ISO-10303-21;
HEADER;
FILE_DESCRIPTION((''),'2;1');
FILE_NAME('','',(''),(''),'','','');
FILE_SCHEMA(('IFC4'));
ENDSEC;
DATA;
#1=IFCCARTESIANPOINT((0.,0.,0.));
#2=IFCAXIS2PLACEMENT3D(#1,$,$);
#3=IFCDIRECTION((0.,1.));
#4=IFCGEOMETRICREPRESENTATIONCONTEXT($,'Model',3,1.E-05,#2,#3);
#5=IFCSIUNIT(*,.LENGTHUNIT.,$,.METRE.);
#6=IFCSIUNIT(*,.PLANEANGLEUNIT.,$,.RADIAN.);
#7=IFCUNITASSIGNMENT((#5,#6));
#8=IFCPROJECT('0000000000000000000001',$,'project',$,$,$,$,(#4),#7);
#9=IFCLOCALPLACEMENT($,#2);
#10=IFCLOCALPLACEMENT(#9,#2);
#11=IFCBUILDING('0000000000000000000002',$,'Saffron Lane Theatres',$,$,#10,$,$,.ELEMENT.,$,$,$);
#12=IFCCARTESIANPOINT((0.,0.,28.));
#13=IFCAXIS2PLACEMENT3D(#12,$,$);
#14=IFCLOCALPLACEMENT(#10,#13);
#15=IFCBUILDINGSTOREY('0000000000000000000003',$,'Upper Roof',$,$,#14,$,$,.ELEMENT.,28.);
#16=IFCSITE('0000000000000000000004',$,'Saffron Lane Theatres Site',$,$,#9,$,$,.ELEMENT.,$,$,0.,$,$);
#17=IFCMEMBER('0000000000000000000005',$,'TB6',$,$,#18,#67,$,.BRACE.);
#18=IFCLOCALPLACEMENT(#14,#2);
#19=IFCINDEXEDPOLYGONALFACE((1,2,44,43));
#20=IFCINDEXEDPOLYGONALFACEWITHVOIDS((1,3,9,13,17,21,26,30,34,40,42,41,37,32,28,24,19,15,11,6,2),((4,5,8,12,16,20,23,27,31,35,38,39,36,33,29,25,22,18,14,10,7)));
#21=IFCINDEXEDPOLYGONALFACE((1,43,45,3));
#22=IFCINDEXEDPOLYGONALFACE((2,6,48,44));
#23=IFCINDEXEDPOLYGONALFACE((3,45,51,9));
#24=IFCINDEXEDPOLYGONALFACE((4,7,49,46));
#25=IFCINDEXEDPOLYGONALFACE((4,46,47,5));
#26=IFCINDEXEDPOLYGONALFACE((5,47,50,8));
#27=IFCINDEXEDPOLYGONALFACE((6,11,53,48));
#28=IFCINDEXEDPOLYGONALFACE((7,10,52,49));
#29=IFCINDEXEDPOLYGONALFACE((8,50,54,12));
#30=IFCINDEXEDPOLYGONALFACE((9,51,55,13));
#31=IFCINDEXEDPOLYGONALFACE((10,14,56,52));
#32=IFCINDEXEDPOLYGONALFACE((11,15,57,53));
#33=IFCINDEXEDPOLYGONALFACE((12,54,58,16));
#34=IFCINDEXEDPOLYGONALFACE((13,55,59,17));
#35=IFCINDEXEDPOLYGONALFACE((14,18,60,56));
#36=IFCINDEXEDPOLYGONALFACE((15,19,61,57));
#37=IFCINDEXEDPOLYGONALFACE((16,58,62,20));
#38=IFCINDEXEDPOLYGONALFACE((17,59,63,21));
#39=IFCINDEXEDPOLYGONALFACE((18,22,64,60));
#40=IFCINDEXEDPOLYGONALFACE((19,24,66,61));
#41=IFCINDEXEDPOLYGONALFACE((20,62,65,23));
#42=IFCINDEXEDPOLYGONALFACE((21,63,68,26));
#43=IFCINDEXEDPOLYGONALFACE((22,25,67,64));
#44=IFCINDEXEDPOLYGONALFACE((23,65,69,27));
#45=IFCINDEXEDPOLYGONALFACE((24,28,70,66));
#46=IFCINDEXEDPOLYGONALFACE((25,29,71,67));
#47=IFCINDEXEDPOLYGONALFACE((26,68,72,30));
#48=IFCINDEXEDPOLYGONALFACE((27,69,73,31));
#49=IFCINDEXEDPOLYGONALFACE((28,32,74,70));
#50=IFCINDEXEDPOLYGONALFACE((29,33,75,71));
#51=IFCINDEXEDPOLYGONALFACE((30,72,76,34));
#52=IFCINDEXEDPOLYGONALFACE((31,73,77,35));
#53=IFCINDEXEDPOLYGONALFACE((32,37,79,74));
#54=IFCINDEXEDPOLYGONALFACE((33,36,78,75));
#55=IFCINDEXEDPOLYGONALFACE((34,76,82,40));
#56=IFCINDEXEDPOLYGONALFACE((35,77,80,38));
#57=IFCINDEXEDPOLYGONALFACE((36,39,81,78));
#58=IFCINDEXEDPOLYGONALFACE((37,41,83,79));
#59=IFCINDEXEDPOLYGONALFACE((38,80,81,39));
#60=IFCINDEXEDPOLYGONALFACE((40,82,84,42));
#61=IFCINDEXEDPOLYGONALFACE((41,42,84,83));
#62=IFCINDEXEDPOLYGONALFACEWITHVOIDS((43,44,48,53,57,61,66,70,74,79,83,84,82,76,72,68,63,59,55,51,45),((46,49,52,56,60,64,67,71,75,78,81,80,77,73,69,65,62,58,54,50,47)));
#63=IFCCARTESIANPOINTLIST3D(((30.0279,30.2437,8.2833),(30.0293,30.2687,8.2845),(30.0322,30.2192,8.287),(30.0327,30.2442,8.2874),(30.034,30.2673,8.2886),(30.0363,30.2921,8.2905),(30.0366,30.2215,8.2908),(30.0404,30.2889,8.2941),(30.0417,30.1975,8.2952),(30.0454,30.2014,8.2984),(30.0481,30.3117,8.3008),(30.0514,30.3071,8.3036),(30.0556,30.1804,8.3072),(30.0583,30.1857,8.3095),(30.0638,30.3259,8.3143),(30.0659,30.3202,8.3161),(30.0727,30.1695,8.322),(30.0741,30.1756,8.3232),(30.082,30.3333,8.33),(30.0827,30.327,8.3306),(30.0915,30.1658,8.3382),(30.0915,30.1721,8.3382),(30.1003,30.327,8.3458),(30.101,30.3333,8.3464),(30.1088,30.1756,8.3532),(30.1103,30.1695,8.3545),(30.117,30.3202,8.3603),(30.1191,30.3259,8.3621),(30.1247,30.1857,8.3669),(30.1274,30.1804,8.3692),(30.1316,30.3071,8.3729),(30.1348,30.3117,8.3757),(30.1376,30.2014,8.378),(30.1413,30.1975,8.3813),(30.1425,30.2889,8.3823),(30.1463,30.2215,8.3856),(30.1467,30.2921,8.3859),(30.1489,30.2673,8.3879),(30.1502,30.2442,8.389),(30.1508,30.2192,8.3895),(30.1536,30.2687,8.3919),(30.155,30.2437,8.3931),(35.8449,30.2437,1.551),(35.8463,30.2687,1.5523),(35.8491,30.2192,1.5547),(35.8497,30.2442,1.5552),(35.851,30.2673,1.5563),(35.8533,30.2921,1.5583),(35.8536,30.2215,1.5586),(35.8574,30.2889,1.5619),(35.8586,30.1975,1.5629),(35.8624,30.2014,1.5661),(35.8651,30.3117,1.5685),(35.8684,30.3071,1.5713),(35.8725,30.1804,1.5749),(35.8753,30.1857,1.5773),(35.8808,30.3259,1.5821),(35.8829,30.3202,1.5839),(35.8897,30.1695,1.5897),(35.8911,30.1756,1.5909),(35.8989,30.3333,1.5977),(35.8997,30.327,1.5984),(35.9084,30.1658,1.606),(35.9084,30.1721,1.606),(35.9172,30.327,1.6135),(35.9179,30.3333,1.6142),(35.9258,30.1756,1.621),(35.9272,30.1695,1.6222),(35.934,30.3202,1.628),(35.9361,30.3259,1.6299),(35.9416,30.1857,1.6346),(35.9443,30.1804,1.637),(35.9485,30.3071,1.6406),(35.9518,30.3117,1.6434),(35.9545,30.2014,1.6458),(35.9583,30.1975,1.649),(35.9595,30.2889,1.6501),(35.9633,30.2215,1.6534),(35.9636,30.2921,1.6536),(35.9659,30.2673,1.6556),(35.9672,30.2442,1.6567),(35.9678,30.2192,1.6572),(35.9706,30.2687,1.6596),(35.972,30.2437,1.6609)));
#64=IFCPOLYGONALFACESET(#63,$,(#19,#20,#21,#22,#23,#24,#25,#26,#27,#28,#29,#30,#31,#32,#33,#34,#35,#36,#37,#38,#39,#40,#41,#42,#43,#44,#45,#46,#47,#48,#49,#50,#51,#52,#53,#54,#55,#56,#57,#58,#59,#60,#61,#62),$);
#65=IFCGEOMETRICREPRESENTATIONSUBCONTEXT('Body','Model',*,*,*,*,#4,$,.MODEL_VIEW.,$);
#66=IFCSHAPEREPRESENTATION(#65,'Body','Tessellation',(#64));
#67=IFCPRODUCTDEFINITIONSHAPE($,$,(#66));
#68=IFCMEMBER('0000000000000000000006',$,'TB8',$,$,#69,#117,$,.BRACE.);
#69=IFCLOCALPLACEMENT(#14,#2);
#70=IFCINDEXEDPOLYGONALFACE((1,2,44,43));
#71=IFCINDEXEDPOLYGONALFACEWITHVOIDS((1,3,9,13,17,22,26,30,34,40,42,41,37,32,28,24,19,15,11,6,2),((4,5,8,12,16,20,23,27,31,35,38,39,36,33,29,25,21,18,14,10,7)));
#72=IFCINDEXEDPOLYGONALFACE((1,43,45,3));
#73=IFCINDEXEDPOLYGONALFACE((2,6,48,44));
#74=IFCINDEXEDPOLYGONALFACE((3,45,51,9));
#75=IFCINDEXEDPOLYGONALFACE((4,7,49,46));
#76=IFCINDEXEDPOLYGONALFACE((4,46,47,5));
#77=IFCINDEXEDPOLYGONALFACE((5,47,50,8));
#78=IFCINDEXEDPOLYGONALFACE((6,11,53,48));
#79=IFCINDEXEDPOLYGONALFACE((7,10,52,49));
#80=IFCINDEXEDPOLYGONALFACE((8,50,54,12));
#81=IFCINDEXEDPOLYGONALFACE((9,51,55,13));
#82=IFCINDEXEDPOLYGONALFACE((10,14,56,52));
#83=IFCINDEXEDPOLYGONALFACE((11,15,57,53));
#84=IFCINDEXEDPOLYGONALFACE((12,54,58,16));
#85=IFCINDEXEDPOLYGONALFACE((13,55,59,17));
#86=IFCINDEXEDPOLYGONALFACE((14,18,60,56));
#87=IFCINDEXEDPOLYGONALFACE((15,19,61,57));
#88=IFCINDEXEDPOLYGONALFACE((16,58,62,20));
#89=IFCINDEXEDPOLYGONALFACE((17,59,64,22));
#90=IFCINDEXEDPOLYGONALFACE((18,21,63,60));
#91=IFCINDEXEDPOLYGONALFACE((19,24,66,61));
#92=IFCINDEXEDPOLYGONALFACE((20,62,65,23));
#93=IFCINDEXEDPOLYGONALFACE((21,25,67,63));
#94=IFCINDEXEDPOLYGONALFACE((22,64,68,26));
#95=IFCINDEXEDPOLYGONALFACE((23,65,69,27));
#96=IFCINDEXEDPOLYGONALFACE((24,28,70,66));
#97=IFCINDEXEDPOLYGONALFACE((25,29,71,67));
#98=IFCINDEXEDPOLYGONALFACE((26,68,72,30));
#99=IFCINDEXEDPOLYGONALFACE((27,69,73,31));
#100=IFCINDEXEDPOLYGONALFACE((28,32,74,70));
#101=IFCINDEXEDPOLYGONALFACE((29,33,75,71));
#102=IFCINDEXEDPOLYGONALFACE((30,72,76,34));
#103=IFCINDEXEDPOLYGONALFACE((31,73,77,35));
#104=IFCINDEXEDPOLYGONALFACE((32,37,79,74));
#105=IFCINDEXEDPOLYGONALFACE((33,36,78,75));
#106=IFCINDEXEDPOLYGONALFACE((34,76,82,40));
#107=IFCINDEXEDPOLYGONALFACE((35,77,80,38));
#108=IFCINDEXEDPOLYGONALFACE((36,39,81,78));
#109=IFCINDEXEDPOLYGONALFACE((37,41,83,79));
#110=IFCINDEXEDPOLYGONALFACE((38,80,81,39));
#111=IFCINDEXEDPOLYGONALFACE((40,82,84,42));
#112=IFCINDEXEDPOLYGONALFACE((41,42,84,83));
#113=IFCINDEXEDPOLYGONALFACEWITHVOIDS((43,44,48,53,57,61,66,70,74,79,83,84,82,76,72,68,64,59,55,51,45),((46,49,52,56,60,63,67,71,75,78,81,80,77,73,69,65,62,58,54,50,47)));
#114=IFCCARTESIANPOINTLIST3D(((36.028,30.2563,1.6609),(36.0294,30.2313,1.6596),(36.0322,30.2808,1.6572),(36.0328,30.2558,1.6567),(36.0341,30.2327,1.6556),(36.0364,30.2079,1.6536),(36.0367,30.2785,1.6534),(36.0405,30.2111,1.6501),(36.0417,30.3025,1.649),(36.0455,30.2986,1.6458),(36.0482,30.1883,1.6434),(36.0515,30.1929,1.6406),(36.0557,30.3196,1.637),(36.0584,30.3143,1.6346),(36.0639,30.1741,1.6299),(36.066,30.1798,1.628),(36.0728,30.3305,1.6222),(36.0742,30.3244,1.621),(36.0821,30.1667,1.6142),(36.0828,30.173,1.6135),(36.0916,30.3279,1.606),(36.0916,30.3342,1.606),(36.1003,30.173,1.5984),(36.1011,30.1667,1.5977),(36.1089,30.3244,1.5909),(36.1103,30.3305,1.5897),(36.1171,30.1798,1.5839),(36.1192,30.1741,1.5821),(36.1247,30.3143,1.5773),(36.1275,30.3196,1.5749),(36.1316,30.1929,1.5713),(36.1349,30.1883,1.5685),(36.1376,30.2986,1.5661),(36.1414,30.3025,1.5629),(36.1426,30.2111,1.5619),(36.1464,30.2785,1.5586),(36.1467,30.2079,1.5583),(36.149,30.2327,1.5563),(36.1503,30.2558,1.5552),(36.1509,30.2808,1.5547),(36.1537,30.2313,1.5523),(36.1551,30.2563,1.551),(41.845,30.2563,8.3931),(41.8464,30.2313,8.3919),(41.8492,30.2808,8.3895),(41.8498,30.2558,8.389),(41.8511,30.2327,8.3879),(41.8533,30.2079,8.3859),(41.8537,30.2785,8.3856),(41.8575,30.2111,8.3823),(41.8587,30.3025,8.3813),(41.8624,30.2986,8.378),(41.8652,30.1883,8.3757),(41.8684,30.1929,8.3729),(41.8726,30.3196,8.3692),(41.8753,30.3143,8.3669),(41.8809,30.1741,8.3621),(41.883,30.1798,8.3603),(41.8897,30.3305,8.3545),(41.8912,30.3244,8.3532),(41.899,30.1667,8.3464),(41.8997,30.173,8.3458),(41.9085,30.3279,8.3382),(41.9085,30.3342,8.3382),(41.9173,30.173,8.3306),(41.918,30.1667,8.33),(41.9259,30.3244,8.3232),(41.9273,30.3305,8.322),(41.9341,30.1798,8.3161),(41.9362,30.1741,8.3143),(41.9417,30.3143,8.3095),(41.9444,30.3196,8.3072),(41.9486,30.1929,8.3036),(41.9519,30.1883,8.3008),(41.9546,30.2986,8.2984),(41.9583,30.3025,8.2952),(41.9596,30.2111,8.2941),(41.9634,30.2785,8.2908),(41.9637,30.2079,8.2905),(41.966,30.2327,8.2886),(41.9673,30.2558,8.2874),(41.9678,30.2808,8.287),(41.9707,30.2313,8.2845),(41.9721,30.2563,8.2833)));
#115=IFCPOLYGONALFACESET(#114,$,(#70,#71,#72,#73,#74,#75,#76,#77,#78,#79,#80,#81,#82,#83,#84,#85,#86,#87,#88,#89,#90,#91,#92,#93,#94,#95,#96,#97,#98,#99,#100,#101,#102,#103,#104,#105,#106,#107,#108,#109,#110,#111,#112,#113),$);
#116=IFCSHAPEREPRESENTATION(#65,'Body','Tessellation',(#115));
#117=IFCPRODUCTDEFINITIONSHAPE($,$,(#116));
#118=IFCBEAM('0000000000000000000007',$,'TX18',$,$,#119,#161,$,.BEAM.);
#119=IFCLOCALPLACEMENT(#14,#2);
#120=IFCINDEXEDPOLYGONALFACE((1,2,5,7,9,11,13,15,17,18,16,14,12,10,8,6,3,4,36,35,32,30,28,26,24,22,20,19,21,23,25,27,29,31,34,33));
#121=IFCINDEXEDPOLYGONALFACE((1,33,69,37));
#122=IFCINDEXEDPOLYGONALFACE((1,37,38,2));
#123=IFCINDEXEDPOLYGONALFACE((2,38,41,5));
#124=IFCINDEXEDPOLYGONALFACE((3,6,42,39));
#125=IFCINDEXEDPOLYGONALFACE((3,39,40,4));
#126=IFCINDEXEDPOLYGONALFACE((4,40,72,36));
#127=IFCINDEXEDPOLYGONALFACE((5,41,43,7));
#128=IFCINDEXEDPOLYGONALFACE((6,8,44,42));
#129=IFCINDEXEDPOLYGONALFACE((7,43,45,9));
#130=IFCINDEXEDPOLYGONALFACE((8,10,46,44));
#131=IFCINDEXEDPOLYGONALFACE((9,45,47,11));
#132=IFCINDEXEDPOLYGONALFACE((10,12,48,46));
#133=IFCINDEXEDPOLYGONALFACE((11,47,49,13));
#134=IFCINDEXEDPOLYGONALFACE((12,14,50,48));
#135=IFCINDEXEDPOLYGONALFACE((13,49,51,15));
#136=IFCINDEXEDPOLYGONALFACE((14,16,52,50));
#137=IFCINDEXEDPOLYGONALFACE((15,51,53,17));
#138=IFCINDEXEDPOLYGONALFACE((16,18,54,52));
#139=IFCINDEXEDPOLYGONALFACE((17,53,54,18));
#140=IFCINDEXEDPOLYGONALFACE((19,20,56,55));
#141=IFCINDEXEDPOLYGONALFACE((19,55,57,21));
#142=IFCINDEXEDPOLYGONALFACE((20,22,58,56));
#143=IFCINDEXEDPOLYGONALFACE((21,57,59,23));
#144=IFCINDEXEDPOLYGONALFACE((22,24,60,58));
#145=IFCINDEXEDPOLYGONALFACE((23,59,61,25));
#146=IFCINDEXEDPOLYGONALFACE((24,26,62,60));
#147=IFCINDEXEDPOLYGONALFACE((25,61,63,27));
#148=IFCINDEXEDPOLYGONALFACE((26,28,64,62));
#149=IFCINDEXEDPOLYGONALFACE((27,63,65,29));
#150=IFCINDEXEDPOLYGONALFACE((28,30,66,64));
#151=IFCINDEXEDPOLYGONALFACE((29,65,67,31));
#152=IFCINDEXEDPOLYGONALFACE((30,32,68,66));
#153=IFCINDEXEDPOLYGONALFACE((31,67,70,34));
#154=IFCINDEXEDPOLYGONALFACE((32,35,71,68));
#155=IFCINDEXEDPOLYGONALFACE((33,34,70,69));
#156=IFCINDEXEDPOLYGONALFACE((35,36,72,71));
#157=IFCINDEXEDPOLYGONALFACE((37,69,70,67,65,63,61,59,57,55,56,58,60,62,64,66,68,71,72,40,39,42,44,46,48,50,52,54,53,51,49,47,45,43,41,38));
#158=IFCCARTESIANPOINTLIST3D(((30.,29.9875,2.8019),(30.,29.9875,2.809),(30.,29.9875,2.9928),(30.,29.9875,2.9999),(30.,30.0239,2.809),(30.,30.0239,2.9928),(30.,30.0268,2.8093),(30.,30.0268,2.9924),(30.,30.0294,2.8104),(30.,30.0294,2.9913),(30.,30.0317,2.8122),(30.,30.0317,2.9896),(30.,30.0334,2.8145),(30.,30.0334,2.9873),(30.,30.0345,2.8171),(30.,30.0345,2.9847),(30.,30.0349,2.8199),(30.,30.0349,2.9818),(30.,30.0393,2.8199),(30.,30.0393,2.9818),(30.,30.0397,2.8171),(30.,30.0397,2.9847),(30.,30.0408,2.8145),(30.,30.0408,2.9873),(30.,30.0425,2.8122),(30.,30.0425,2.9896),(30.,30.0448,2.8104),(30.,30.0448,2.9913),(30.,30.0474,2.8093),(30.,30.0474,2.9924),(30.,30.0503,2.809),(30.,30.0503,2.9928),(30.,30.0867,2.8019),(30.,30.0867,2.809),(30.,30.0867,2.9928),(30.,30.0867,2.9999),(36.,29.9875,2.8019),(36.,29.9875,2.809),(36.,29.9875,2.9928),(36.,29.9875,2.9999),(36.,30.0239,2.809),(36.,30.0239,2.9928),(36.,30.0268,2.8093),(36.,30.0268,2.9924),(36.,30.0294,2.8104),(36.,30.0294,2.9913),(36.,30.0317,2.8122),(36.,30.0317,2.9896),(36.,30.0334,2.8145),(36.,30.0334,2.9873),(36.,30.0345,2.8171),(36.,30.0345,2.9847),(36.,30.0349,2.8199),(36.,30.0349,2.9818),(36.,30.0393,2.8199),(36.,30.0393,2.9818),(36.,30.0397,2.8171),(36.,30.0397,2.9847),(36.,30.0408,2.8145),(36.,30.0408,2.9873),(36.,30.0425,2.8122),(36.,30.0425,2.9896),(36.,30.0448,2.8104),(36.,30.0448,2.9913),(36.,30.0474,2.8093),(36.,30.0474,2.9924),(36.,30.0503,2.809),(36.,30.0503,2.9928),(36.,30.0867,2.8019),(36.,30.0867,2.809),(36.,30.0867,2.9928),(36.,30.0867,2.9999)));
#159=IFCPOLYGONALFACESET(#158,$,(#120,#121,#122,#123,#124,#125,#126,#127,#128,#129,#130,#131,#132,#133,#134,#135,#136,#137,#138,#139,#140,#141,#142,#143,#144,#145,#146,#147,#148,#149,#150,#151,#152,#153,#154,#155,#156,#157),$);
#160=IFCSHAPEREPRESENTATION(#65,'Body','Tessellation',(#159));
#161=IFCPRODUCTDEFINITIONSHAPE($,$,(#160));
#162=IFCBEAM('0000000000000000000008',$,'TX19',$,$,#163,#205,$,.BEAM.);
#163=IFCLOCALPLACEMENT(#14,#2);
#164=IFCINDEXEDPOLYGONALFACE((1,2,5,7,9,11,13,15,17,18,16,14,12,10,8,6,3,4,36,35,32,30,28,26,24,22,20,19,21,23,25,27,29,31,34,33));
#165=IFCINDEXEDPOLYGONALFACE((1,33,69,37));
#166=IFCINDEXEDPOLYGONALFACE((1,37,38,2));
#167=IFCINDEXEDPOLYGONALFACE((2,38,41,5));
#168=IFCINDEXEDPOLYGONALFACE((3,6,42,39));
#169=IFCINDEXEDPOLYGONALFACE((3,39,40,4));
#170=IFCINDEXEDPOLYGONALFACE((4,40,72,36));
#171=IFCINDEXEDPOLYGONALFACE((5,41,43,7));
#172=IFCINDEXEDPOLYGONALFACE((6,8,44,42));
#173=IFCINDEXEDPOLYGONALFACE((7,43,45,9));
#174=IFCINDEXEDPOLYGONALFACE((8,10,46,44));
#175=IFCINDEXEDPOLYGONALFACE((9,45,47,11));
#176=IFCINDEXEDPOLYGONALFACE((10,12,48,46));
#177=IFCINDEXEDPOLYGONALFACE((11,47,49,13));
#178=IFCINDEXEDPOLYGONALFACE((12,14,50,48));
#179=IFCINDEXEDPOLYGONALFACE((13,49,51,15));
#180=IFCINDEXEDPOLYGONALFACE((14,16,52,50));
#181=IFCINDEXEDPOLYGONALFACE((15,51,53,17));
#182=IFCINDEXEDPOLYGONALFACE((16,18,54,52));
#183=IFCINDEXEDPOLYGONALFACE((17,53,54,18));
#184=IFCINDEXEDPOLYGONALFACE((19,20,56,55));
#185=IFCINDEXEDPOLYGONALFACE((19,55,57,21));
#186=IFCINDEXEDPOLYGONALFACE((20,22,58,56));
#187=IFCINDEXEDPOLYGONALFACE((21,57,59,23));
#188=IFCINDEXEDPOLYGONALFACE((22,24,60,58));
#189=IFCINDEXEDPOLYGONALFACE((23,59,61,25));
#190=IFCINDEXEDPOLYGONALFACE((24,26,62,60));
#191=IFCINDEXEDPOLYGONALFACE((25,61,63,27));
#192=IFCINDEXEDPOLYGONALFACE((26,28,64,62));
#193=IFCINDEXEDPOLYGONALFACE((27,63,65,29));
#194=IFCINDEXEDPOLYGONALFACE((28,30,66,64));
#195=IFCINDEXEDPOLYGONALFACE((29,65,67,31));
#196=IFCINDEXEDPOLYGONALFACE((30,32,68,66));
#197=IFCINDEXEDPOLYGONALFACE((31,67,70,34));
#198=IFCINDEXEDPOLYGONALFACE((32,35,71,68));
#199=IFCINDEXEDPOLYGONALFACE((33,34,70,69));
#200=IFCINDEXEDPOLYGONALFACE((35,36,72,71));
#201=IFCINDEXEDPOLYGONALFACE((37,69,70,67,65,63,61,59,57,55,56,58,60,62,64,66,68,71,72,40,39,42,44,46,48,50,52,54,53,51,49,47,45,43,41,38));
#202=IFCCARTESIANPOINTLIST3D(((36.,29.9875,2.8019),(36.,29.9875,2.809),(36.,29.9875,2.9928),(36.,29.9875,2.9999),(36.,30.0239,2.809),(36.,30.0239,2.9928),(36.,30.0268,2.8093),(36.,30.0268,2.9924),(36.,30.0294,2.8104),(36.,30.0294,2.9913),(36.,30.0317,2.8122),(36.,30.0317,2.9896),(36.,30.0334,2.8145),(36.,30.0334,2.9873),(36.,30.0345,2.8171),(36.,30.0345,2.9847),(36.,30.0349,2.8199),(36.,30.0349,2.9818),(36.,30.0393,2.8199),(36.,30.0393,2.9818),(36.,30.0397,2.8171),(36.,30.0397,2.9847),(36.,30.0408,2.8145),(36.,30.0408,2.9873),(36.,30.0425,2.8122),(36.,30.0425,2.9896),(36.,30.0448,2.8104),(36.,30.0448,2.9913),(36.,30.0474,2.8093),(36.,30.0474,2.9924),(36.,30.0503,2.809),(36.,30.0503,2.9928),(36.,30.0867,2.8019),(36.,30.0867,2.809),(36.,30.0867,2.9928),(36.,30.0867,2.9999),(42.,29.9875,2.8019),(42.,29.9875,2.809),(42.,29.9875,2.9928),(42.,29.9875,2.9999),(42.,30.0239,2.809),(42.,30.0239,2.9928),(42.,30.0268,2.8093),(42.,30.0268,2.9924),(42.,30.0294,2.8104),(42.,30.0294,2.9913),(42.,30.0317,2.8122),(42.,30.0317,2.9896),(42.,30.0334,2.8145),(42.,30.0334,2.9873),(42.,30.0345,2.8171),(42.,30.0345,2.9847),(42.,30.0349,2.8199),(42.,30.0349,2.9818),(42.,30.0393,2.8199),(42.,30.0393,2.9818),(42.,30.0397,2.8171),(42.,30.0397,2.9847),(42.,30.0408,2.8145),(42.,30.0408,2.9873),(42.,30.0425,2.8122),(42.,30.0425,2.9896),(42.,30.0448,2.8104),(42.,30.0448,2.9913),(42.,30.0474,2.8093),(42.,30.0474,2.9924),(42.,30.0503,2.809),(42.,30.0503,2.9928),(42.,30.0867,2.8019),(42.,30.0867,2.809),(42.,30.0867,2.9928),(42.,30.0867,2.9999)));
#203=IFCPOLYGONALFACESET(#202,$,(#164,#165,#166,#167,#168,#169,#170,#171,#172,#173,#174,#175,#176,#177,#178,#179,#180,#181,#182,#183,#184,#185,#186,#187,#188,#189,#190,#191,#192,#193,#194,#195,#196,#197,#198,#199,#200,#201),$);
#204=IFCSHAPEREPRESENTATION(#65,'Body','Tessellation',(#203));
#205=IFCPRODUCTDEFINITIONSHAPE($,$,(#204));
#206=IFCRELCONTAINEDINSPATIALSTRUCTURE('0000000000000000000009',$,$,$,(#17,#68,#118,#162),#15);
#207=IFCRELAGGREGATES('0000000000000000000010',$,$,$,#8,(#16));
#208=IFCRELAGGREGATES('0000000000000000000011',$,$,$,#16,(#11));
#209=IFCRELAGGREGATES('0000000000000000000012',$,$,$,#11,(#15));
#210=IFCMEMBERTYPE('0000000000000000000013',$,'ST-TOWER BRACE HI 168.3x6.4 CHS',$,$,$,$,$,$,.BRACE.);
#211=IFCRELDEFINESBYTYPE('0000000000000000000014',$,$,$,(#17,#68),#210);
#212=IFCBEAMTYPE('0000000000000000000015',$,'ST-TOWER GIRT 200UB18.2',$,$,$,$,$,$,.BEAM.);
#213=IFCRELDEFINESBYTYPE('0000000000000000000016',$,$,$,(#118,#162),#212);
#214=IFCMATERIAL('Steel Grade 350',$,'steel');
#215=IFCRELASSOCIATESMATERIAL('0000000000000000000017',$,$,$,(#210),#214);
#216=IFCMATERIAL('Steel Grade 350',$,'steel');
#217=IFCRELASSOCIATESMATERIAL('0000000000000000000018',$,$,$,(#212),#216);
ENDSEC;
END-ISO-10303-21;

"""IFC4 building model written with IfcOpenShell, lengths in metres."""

from ifc_helpers import new_model, si_unit, direction, frame, origin, origin_2d, place, context, subcontext, project, spatial, hollow_circle, i_section, extrude, material, material_profile, profile_set, type_object, element, save


model = new_model("IFC4")

# Units and contexts
model_context = context("Model", 3, precision=1e-05, world=origin(), true_north=direction((0.0, 1.0)))
body_context = subcontext(model_context, "Body", "Model", "MODEL_VIEW")
ifc_project = project(units=[si_unit("LENGTHUNIT", "METRE"), si_unit("PLANEANGLEUNIT", "RADIAN")], contexts=[model_context])

# Site, building, storey
site_placement = place(None, origin())
site = spatial("IfcSite", under=ifc_project, at=site_placement, Name="Saffron Lane Theatres Site", CompositionType="ELEMENT", RefElevation=0.0)
building_placement = place(site_placement, origin())
building = spatial("IfcBuilding", under=site, at=building_placement, Name="Saffron Lane Theatres", CompositionType="ELEMENT")
storey_placement = place(building_placement, frame((0.0, 0.0, 28.0)))
storey = spatial("IfcBuildingStorey", under=building, at=storey_placement, Name="Upper Roof", CompositionType="ELEMENT", Elevation=28.0)

# Members
ifc_material_1 = material(Name="Steel Grade 350", Category="steel")
ifc_material_profile_1 = material_profile(ifc_material_1, hollow_circle(Radius=0.0842, WallThickness=0.0063, at=origin_2d()))
ifc_profile_set_1 = profile_set([ifc_material_profile_1], Name="Steel Grade 350")
member_type = type_object("IfcMemberType", Name="ST-TOWER BRACE HI 168.3x6.4 CHS", PredefinedType="BRACE", material=ifc_profile_set_1)
for number, where, z_axis, x_axis, name in (
    (1, (35.9084, 30.25, 1.606), (-0.653796, 0.0, 0.756671), (0.0, -1.0, 0.0), "TB6"),
    (2, (36.0916, 30.25, 1.606), (0.653796, 0.0, 0.756671), (0.0, 1.0, 0.0), "TB8"),
):
    element("IfcMember", number, at=place(storey_placement, frame(where, z_axis=z_axis, x_axis=x_axis)), inside=storey, type_object=member_type, Name=name, PredefinedType="BRACE", context=body_context, shape_type="SweptSolid", body=[
        extrude(hollow_circle(Radius=0.0842, WallThickness=0.0063, at=origin_2d()), origin(), (0.0, 0.0, 1.0), 8.8972),
    ])

# Beams
ifc_material_2 = material(Name="Steel Grade 350", Category="steel")
ifc_material_profile_2 = material_profile(ifc_material_2, i_section(OverallWidth=0.0991, OverallDepth=0.198, WebThickness=0.0044, FlangeThickness=0.0071, FilletRadius=0.011, at=origin_2d()))
ifc_profile_set_2 = profile_set([ifc_material_profile_2], Name="Steel Grade 350")
beam_type_1 = type_object("IfcBeamType", Name="ST-TOWER GIRT 200UB18.2", PredefinedType="BEAM", material=ifc_profile_set_2)
for number, where, z_axis, x_axis, name in (
    (3, (30.0, 30.0371, 2.9009), (1.0, 0.0, 0.0), (0.0, 1.0, 0.0), "TX18"),
    (4, (36.0, 30.0371, 2.9009), (1.0, 0.0, 0.0), (0.0, 1.0, 0.0), "TX19"),
):
    element("IfcBeam", number, at=place(storey_placement, frame(where, z_axis=z_axis, x_axis=x_axis)), inside=storey, type_object=beam_type_1, Name=name, PredefinedType="BEAM", context=body_context, shape_type="SweptSolid", body=[
        extrude(i_section(OverallWidth=0.0991, OverallDepth=0.198, WebThickness=0.0044, FlangeThickness=0.0071, FilletRadius=0.011, at=origin_2d()), origin(), (0.0, 0.0, 1.0), 6.0),
    ])

save(model, "model.ifc")
